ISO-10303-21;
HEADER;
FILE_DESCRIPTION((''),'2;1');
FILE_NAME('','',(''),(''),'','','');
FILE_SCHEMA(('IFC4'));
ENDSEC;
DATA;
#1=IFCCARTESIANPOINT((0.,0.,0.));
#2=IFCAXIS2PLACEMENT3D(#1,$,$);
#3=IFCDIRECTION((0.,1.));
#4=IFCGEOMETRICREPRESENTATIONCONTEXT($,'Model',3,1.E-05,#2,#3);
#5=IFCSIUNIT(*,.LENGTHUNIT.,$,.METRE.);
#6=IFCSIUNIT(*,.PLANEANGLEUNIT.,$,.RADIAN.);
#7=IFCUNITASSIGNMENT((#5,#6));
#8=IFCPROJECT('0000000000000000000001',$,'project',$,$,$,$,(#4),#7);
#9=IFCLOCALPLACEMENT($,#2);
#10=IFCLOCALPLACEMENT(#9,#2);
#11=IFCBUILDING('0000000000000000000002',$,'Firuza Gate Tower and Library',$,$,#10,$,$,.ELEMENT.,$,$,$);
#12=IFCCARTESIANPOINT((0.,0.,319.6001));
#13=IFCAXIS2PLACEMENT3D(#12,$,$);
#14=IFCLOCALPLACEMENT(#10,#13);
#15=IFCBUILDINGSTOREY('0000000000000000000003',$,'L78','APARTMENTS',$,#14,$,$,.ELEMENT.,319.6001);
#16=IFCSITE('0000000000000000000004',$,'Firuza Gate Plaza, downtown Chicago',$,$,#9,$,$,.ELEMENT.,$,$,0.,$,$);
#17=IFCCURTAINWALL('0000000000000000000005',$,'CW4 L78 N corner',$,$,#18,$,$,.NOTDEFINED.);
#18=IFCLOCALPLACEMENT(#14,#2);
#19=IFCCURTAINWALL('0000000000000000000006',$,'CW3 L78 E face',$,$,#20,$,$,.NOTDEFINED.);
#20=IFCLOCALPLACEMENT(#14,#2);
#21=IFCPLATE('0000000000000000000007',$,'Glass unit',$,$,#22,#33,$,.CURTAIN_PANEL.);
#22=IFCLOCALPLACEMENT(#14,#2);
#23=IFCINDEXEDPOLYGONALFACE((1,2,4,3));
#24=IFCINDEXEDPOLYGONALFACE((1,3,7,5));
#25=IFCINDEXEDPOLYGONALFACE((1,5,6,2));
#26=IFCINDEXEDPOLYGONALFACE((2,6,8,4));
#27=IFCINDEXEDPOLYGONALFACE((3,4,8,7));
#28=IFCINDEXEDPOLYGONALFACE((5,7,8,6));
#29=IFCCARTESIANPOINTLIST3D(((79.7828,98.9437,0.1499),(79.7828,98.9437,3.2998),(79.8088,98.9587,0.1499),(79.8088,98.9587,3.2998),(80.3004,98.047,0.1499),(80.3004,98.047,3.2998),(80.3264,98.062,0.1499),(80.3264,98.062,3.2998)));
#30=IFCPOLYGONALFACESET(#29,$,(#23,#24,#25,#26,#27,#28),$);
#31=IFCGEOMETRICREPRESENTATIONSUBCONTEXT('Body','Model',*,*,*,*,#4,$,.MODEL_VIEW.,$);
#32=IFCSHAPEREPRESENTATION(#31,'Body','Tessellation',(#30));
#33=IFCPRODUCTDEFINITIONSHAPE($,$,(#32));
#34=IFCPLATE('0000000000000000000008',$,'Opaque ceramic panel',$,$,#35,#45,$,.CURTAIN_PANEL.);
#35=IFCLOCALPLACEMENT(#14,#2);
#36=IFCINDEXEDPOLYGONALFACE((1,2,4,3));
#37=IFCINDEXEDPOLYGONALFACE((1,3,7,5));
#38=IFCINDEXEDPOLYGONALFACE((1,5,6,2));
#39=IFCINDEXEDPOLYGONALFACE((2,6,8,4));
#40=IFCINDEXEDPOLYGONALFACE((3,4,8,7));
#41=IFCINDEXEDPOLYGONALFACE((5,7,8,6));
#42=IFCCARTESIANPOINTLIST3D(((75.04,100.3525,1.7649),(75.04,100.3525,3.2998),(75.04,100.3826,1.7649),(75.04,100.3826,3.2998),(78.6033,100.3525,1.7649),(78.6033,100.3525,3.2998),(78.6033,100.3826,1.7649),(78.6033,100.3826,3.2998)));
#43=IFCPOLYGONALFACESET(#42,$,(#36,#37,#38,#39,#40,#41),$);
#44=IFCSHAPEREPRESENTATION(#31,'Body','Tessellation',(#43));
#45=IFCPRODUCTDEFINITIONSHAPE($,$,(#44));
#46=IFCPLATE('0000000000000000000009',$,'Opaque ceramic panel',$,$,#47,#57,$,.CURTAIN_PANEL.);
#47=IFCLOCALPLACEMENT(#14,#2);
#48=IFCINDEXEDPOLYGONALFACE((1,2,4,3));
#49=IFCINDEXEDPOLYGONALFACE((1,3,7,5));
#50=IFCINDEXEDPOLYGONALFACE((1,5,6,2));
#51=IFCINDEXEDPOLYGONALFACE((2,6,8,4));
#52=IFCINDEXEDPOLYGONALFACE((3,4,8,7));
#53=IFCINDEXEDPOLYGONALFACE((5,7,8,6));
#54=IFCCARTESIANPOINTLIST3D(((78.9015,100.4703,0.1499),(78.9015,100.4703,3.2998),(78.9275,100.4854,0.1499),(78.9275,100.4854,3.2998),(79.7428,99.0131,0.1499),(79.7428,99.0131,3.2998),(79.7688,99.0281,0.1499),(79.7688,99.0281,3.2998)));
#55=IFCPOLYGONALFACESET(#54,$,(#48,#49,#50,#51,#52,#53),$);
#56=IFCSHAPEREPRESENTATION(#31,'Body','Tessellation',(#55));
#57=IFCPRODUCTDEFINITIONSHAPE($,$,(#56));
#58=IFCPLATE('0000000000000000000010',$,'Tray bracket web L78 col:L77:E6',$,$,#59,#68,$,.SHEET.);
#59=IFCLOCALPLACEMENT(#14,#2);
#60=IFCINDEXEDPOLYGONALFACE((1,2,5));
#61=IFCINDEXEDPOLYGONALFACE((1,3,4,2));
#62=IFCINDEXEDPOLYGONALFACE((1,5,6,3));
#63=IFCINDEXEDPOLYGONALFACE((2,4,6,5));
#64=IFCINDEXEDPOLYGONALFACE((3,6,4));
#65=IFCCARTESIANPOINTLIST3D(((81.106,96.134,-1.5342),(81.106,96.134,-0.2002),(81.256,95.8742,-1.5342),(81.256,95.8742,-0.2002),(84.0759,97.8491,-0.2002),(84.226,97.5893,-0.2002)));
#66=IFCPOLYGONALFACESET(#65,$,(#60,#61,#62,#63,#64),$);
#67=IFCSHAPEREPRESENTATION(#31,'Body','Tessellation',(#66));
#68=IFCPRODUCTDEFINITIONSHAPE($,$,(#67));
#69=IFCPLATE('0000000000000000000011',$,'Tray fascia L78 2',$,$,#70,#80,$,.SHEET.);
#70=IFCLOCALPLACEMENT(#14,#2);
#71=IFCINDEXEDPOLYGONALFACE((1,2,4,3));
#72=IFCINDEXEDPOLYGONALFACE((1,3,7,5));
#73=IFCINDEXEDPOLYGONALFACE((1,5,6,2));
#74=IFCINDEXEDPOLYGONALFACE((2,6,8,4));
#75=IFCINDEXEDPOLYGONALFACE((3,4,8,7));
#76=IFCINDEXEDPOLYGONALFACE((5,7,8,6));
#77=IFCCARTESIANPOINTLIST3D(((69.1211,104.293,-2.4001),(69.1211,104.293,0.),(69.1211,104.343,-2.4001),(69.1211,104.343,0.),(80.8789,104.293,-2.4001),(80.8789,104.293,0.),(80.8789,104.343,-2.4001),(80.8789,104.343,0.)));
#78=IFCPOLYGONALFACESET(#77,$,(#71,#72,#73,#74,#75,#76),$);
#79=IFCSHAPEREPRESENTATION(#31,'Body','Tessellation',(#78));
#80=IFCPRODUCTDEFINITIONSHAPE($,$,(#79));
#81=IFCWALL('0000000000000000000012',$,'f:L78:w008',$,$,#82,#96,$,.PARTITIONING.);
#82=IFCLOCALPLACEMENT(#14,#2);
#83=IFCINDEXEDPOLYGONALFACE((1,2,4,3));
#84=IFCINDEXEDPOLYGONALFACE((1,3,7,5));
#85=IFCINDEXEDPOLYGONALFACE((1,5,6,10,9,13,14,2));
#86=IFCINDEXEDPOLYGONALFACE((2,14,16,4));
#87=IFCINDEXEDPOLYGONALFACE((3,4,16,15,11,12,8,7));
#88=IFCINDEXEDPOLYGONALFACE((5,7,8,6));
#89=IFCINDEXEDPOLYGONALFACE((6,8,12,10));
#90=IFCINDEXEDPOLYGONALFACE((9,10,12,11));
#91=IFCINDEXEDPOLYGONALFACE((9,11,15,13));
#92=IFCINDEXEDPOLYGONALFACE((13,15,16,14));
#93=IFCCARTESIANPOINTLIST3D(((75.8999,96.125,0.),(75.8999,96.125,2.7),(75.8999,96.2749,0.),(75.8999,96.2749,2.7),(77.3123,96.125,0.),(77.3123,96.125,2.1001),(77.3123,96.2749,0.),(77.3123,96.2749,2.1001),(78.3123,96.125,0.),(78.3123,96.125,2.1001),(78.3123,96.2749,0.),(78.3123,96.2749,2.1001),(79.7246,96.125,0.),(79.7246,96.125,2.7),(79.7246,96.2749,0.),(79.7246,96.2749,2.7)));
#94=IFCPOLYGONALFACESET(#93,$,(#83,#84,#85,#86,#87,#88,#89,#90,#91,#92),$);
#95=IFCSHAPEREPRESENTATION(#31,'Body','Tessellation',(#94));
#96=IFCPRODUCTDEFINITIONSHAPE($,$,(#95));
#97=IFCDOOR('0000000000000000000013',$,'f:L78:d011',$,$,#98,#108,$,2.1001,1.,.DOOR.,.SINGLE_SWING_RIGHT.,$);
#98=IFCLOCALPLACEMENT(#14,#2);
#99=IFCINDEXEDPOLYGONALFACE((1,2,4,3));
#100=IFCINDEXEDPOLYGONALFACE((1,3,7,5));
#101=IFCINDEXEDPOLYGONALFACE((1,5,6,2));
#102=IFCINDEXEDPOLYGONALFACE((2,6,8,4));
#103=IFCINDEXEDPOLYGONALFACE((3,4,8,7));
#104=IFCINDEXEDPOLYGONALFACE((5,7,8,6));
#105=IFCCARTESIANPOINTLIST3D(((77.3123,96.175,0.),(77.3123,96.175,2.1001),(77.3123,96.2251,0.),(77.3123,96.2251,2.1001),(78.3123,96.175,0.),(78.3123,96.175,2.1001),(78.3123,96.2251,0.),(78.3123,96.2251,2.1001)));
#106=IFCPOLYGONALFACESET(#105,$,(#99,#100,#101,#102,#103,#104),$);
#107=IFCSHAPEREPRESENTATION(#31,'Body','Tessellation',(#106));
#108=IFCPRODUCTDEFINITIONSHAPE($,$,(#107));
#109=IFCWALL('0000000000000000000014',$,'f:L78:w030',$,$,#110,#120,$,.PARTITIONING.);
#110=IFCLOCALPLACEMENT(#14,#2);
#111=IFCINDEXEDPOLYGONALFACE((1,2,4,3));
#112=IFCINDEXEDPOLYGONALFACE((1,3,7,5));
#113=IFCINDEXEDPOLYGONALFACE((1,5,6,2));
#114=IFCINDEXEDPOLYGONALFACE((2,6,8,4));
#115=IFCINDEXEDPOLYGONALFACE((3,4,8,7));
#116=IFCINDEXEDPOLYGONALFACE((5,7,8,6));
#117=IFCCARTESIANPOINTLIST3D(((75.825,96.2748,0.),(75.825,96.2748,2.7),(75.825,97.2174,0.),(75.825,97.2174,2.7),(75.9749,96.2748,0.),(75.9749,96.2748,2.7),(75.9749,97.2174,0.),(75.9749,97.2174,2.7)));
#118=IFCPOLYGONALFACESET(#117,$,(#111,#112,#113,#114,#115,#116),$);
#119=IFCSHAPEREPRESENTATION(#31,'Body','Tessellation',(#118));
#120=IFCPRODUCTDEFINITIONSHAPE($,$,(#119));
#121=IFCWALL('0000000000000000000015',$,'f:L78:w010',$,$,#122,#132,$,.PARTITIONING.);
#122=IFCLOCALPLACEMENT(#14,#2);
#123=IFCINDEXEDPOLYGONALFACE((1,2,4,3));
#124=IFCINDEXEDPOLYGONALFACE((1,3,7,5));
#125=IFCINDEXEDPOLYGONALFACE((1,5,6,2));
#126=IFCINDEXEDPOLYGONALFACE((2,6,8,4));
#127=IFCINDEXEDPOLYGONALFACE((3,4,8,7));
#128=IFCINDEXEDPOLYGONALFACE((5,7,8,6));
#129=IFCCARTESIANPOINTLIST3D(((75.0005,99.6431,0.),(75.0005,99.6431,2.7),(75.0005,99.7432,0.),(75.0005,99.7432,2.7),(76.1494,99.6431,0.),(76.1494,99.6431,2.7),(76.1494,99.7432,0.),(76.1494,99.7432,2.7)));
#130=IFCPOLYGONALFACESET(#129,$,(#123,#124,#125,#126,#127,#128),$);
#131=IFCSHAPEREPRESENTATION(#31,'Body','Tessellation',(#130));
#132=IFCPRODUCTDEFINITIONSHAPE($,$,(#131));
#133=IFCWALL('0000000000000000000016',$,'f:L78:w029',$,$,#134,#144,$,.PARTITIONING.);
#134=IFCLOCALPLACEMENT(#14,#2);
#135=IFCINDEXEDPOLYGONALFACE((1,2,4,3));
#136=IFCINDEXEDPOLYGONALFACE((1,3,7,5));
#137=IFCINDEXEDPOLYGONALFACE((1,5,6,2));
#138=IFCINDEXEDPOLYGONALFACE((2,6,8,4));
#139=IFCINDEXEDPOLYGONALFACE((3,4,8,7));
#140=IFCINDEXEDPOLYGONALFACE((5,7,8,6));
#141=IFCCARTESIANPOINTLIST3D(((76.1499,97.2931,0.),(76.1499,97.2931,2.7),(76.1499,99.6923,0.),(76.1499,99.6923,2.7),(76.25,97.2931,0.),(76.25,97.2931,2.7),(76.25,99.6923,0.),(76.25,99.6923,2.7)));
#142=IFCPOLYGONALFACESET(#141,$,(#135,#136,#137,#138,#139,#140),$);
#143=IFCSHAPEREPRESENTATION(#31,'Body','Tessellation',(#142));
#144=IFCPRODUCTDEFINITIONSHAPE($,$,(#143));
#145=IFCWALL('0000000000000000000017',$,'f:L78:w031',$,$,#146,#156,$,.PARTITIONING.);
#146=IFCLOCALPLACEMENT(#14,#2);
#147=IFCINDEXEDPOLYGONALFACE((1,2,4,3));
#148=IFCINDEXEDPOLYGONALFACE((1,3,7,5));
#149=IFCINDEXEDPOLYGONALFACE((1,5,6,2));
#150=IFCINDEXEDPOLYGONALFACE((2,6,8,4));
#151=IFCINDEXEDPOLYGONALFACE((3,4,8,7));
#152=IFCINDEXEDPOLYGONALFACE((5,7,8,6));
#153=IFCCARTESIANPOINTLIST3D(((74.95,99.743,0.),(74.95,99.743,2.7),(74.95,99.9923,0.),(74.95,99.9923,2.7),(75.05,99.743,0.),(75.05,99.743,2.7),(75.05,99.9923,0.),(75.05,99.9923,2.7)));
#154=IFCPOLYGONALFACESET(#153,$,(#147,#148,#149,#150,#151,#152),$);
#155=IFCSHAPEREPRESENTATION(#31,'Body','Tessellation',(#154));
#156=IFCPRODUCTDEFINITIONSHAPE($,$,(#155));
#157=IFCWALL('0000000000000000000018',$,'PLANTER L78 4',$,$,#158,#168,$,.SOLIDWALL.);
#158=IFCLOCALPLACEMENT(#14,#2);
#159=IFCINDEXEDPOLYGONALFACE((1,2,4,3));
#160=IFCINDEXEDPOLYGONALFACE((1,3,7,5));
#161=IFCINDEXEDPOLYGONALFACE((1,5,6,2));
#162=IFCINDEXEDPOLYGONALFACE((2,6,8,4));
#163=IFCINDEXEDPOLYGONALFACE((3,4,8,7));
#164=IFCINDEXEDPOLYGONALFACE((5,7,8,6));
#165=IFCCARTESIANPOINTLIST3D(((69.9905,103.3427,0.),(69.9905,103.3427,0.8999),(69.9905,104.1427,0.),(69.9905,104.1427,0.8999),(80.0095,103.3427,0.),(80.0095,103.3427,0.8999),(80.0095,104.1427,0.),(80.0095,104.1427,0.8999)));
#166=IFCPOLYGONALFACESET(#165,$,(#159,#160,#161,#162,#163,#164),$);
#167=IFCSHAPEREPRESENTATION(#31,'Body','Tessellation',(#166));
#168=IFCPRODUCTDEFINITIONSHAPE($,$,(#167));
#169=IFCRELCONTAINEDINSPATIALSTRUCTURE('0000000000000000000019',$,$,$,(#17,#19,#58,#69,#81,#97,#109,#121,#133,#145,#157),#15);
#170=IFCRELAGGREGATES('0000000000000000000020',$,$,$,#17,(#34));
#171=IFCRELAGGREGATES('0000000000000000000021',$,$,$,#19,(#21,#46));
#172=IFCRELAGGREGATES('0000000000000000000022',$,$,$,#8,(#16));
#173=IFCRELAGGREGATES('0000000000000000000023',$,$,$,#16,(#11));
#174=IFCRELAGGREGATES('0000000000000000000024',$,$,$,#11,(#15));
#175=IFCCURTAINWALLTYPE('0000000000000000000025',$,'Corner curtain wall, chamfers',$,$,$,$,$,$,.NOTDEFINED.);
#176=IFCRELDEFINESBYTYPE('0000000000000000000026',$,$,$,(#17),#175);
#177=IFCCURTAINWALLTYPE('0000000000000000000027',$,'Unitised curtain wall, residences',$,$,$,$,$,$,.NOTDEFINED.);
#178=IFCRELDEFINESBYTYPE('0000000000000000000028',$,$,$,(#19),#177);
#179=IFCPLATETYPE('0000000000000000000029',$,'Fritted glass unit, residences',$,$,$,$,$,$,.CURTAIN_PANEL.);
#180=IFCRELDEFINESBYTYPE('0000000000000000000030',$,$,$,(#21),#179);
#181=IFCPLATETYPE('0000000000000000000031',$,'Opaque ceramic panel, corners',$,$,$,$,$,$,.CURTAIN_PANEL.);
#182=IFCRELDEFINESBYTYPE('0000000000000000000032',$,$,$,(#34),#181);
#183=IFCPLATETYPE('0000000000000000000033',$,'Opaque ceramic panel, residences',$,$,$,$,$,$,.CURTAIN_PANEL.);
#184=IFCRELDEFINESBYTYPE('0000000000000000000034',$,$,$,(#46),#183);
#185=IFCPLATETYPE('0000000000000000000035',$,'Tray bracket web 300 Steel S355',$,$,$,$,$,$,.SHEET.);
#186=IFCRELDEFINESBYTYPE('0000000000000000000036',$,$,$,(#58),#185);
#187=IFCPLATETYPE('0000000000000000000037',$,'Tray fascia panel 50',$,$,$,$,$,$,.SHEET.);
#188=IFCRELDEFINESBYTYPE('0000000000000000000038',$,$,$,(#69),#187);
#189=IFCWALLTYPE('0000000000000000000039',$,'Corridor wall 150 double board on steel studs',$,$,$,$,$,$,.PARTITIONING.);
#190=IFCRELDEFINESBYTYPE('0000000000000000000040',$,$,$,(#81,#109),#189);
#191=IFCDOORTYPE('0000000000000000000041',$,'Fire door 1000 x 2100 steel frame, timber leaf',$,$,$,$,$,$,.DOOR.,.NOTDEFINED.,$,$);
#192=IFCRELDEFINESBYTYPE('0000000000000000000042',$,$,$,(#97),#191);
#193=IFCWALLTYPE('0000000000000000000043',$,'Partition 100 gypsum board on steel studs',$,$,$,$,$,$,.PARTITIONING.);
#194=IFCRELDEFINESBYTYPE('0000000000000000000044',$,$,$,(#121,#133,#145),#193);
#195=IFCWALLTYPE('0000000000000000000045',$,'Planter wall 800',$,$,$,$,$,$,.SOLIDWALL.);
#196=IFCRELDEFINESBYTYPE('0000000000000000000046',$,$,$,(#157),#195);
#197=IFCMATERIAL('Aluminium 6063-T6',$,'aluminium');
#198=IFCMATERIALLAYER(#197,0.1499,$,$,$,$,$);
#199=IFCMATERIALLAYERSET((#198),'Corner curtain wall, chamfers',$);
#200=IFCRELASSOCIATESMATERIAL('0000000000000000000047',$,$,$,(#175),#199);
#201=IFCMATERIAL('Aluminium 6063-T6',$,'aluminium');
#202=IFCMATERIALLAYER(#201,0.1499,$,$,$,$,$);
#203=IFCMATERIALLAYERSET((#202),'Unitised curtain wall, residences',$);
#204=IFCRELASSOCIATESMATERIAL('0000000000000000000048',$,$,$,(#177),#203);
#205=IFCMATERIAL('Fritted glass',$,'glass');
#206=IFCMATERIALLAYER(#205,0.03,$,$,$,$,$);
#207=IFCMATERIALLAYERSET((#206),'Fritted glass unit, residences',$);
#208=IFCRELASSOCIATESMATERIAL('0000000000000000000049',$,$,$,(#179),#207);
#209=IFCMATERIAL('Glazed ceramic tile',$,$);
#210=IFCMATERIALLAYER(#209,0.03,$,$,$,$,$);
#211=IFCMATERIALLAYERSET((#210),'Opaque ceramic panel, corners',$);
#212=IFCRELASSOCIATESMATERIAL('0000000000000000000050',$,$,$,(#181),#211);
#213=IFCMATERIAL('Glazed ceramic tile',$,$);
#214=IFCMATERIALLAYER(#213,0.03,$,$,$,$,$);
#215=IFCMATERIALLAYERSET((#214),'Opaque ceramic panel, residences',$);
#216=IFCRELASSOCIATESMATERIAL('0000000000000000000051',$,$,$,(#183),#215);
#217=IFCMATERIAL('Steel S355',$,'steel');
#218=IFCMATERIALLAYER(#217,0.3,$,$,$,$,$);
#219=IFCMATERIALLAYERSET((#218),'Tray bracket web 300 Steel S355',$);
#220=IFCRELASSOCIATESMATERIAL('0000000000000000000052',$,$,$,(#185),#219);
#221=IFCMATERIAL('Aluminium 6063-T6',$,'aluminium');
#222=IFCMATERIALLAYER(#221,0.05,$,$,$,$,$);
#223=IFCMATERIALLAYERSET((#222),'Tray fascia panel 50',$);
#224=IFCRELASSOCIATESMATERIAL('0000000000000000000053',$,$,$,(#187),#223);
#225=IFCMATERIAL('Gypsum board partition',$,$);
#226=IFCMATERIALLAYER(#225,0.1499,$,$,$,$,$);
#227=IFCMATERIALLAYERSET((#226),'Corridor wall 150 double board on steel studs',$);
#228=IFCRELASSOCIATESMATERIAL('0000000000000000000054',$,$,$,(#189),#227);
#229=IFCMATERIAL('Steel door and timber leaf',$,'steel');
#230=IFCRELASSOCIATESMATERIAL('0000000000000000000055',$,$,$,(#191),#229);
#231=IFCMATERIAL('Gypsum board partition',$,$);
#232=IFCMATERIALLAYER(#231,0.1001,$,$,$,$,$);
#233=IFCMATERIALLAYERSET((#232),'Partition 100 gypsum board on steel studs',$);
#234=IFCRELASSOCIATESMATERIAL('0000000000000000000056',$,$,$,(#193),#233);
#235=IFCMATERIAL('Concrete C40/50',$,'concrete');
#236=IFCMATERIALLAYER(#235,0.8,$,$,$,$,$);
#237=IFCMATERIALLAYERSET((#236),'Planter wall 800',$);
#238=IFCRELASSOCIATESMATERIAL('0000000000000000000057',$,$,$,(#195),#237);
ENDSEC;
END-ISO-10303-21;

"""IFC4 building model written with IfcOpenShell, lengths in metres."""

from ifc_helpers import new_model, si_unit, direction, frame, frame_2d, origin, place, context, subcontext, project, spatial, polyline, rectangle, outline, extrude, material, layer, layer_set, type_object, element, fill, aggregate, save


model = new_model("IFC4")

# Units and contexts
model_context = context("Model", 3, precision=1e-05, world=origin(), true_north=direction((0.0, 1.0)))
body_context = subcontext(model_context, "Body", "Model", "MODEL_VIEW")
ifc_project = project(units=[si_unit("LENGTHUNIT", "METRE"), si_unit("PLANEANGLEUNIT", "RADIAN")], contexts=[model_context])

# Site, building, storey
site_placement = place(None, origin())
site = spatial("IfcSite", under=ifc_project, at=site_placement, Name="Firuza Gate Plaza, downtown Chicago", CompositionType="ELEMENT", RefElevation=0.0)
building_placement = place(site_placement, origin())
building = spatial("IfcBuilding", under=site, at=building_placement, Name="Firuza Gate Tower and Library", CompositionType="ELEMENT")
storey_placement = place(building_placement, frame((0.0, 0.0, 319.6001)))
storey = spatial("IfcBuildingStorey", under=building, at=storey_placement, Name="L78", Description="APARTMENTS", CompositionType="ELEMENT", Elevation=319.6001)

# Curtain walls
ifc_material_1 = material(Name="Aluminium 6063-T6", Category="aluminium")
ifc_layer_1 = layer(ifc_material_1, 0.1499)
ifc_layer_set_1 = layer_set([ifc_layer_1], Name="Corner curtain wall, chamfers")
curtain_wall_type_1 = type_object("IfcCurtainWallType", Name="Corner curtain wall, chamfers", PredefinedType="NOTDEFINED", material=ifc_layer_set_1)
placement = place(storey_placement, origin())
curtain_wall_1 = element("IfcCurtainWall", 1, at=placement, inside=storey, type_object=curtain_wall_type_1, Name="CW4 L78 N corner", PredefinedType="NOTDEFINED")
ifc_material_2 = material(Name="Aluminium 6063-T6", Category="aluminium")
ifc_layer_2 = layer(ifc_material_2, 0.1499)
ifc_layer_set_2 = layer_set([ifc_layer_2], Name="Unitised curtain wall, residences")
curtain_wall_type_2 = type_object("IfcCurtainWallType", Name="Unitised curtain wall, residences", PredefinedType="NOTDEFINED", material=ifc_layer_set_2)
curtain_wall_2 = element("IfcCurtainWall", 2, at=placement, inside=storey, type_object=curtain_wall_type_2, Name="CW3 L78 E face", PredefinedType="NOTDEFINED")

# Plates
ifc_material_3 = material(Name="Fritted glass", Category="glass")
ifc_layer_3 = layer(ifc_material_3, 0.03)
ifc_layer_set_3 = layer_set([ifc_layer_3], Name="Fritted glass unit, residences")
plate_type_1 = type_object("IfcPlateType", Name="Fritted glass unit, residences", PredefinedType="CURTAIN_PANEL", material=ifc_layer_set_3)
plate_1_placement = place(storey_placement, frame((80.3264, 98.062, 0.1499), z_axis=(0.866087, 0.499893, 0.0), x_axis=(-0.499893, 0.866087, 0.0)))
plate_1 = element("IfcPlate", 3, at=plate_1_placement, type_object=plate_type_1, Name="Glass unit", PredefinedType="CURTAIN_PANEL", context=body_context, shape_type="SweptSolid", body=[
    extrude(outline(polyline([(0.0, 0.0), (1.0354, 0.0), (1.0354, 3.1499), (0.0, 3.1499), (0.0, 0.0)])), origin(), (0.0, 0.0, -1.0), 0.03),
])
ifc_material_4 = material(Name="Glazed ceramic tile")
ifc_layer_4 = layer(ifc_material_4, 0.03)
ifc_layer_set_4 = layer_set([ifc_layer_4], Name="Opaque ceramic panel, corners")
plate_type_2 = type_object("IfcPlateType", Name="Opaque ceramic panel, corners", PredefinedType="CURTAIN_PANEL", material=ifc_layer_set_4)
plate_2_placement = place(storey_placement, frame((78.6033, 100.3826, 1.7649), z_axis=(0.0, 1.0, 0.0), x_axis=(-1.0, 0.0, 0.0)))
plate_2 = element("IfcPlate", 4, at=plate_2_placement, type_object=plate_type_2, Name="Opaque ceramic panel", PredefinedType="CURTAIN_PANEL", context=body_context, shape_type="SweptSolid", body=[
    extrude(outline(polyline([(0.0, 0.0), (3.5632, 0.0), (3.5632, 1.5349), (0.0, 1.5349), (0.0, 0.0)])), origin(), (0.0, 0.0, -1.0), 0.03),
])
aggregate(curtain_wall_1, [plate_2])
ifc_material_5 = material(Name="Glazed ceramic tile")
ifc_layer_5 = layer(ifc_material_5, 0.03)
ifc_layer_set_5 = layer_set([ifc_layer_5], Name="Opaque ceramic panel, residences")
plate_type_3 = type_object("IfcPlateType", Name="Opaque ceramic panel, residences", PredefinedType="CURTAIN_PANEL", material=ifc_layer_set_5)
plate_3_placement = place(storey_placement, frame((79.7688, 99.0281, 0.1499), z_axis=(0.866038, 0.499978, 0.0), x_axis=(-0.499978, 0.866038, 0.0)))
plate_3 = element("IfcPlate", 5, at=plate_3_placement, type_object=plate_type_3, Name="Opaque ceramic panel", PredefinedType="CURTAIN_PANEL", context=body_context, shape_type="SweptSolid", body=[
    extrude(outline(polyline([(0.0, 0.0), (1.6827, 0.0), (1.6827, 3.1499), (0.0, 3.1499), (0.0, 0.0)])), origin(), (0.0, 0.0, -1.0), 0.03),
])
aggregate(curtain_wall_2, [plate_1, plate_3])

# Plates
ifc_material_6 = material(Name="Steel S355", Category="steel")
ifc_layer_6 = layer(ifc_material_6, 0.3)
ifc_layer_set_6 = layer_set([ifc_layer_6], Name="Tray bracket web 300 Steel S355")
plate_type_4 = type_object("IfcPlateType", Name="Tray bracket web 300 Steel S355", PredefinedType="SHEET", material=ifc_layer_set_6)
plate_4_placement = place(storey_placement, frame((81.106, 96.134, -0.2002), z_axis=(-0.500082, 0.865978, 0.0), x_axis=(0.865978, 0.500082, 0.0)))
element("IfcPlate", 6, at=plate_4_placement, inside=storey, type_object=plate_type_4, Name="Tray bracket web L78 col:L77:E6", PredefinedType="SHEET", context=body_context, shape_type="SweptSolid", body=[
    extrude(outline(polyline([(0.0, 0.0), (3.4296, 0.0), (0.0, 1.334), (0.0, 0.0)])), origin(), (0.0, 0.0, -1.0), 0.3),
])
ifc_material_7 = material(Name="Aluminium 6063-T6", Category="aluminium")
ifc_layer_7 = layer(ifc_material_7, 0.05)
ifc_layer_set_7 = layer_set([ifc_layer_7], Name="Tray fascia panel 50")
plate_type_5 = type_object("IfcPlateType", Name="Tray fascia panel 50", PredefinedType="SHEET", material=ifc_layer_set_7)
plate_5_placement = place(storey_placement, frame((80.8789, 104.343, -2.4001), z_axis=(0.0, 1.0, 0.0), x_axis=(-1.0, 0.0, 0.0)))
element("IfcPlate", 7, at=plate_5_placement, inside=storey, type_object=plate_type_5, Name="Tray fascia L78 2", PredefinedType="SHEET", context=body_context, shape_type="SweptSolid", body=[
    extrude(outline(polyline([(0.0, 0.0), (11.7578, 0.0), (11.7578, 2.4001), (0.0, 2.4001), (0.0, 0.0)])), origin(), (0.0, 0.0, -1.0), 0.05),
])

# Wall, opening, door
ifc_material_8 = material(Name="Gypsum board partition")
ifc_layer_8 = layer(ifc_material_8, 0.1499)
ifc_layer_set_8 = layer_set([ifc_layer_8], Name="Corridor wall 150 double board on steel studs")
wall_type_1 = type_object("IfcWallType", Name="Corridor wall 150 double board on steel studs", PredefinedType="PARTITIONING", material=ifc_layer_set_8)
wall_1_placement = place(storey_placement, frame((79.7246, 96.2, 0.0), z_axis=(0.0, 0.0, 1.0), x_axis=(-1.0, 0.0, 0.0)))
wall_1 = element("IfcWall", 8, at=wall_1_placement, inside=storey, type_object=wall_type_1, Name="f:L78:w008", PredefinedType="PARTITIONING", context=body_context, shape_type="SweptSolid", body=[
    extrude(rectangle(XDim=3.8247, YDim=0.1499, at=frame_2d((1.9124, 0.0))), origin(), (0.0, 0.0, 1.0), 2.7),
])
opening_placement = place(wall_1_placement, frame((1.4124, 0.0, 0.0)))
opening = element("IfcOpeningElement", 9, at=opening_placement, cuts=wall_1, PredefinedType="OPENING", context=body_context, shape_type="SweptSolid", body=[
    extrude(rectangle(XDim=1.0, YDim=2.1001, at=frame_2d((0.5, 1.05))), frame((0.0, 0.085, 0.0), z_axis=(0.0, -1.0, 0.0), x_axis=(1.0, 0.0, 0.0)), (0.0, 0.0, 1.0), 0.1699),
])
ifc_material_9 = material(Name="Steel door and timber leaf", Category="steel")
door_type = type_object("IfcDoorType", Name="Fire door 1000 x 2100 steel frame, timber leaf", OperationType="NOTDEFINED", PredefinedType="DOOR", material=ifc_material_9)
door_placement = place(opening_placement, origin())
door = element("IfcDoor", 10, at=door_placement, inside=storey, type_object=door_type, Name="f:L78:d011", OperationType="SINGLE_SWING_RIGHT", OverallHeight=2.1001, OverallWidth=1.0, PredefinedType="DOOR", context=body_context, shape_type="SweptSolid", body=[
    extrude(rectangle(XDim=1.0, YDim=2.1001, at=frame_2d((0.5, 1.05))), frame((0.0, 0.0249, 0.0), z_axis=(0.0, -1.0, 0.0), x_axis=(1.0, 0.0, 0.0)), (0.0, 0.0, 1.0), 0.05),
])
fill(opening, door)

# Walls
wall_2_placement = place(storey_placement, frame((75.8999, 96.2749, 0.0), z_axis=(0.0, 0.0, 1.0), x_axis=(0.0, 1.0, 0.0)))
element("IfcWall", 11, at=wall_2_placement, inside=storey, type_object=wall_type_1, Name="f:L78:w030", PredefinedType="PARTITIONING", context=body_context, shape_type="SweptSolid", body=[
    extrude(rectangle(XDim=0.9426, YDim=0.1499, at=frame_2d((0.4712, 0.0))), origin(), (0.0, 0.0, 1.0), 2.7),
])
ifc_material_10 = material(Name="Gypsum board partition")
ifc_layer_9 = layer(ifc_material_10, 0.1001)
ifc_layer_set_9 = layer_set([ifc_layer_9], Name="Partition 100 gypsum board on steel studs")
wall_type_2 = type_object("IfcWallType", Name="Partition 100 gypsum board on steel studs", PredefinedType="PARTITIONING", material=ifc_layer_set_9)
wall_3_placement = place(storey_placement, frame((75.0005, 99.6931, 0.0), z_axis=(0.0, 0.0, 1.0), x_axis=(1.0, 0.0, 0.0)))
element("IfcWall", 12, at=wall_3_placement, inside=storey, type_object=wall_type_2, Name="f:L78:w010", PredefinedType="PARTITIONING", context=body_context, shape_type="SweptSolid", body=[
    extrude(rectangle(XDim=1.1489, YDim=0.1001, at=frame_2d((0.5745, 0.0))), origin(), (0.0, 0.0, 1.0), 2.7),
])
wall_4_placement = place(storey_placement, frame((76.2, 97.293, 0.0), z_axis=(0.0, 0.0, 1.0), x_axis=(0.0, 1.0, 0.0)))
element("IfcWall", 13, at=wall_4_placement, inside=storey, type_object=wall_type_2, Name="f:L78:w029", PredefinedType="PARTITIONING", context=body_context, shape_type="SweptSolid", body=[
    extrude(rectangle(XDim=2.3992, YDim=0.1001, at=frame_2d((1.1997, 0.0))), origin(), (0.0, 0.0, 1.0), 2.7),
])
wall_5_placement = place(storey_placement, frame((75.0, 99.7432, 0.0), z_axis=(0.0, 0.0, 1.0), x_axis=(0.0, 1.0, 0.0)))
element("IfcWall", 14, at=wall_5_placement, inside=storey, type_object=wall_type_2, Name="f:L78:w031", PredefinedType="PARTITIONING", context=body_context, shape_type="SweptSolid", body=[
    extrude(rectangle(XDim=0.2493, YDim=0.1001, at=frame_2d((0.1245, 0.0))), origin(), (0.0, 0.0, 1.0), 2.7),
])
ifc_material_11 = material(Name="Concrete C40/50", Category="concrete")
ifc_layer_10 = layer(ifc_material_11, 0.8)
ifc_layer_set_10 = layer_set([ifc_layer_10], Name="Planter wall 800")
wall_type_3 = type_object("IfcWallType", Name="Planter wall 800", PredefinedType="SOLIDWALL", material=ifc_layer_set_10)
wall_6_placement = place(storey_placement, frame((80.0095, 103.7427, 0.0), z_axis=(0.0, 0.0, 1.0), x_axis=(-1.0, 0.0, 0.0)))
element("IfcWall", 15, at=wall_6_placement, inside=storey, type_object=wall_type_3, Name="PLANTER L78 4", PredefinedType="SOLIDWALL", context=body_context, shape_type="SweptSolid", body=[
    extrude(rectangle(XDim=10.019, YDim=0.8, at=frame_2d((5.0095, 0.0))), origin(), (0.0, 0.0, 1.0), 0.8999),
])

save(model, "model.ifc")
